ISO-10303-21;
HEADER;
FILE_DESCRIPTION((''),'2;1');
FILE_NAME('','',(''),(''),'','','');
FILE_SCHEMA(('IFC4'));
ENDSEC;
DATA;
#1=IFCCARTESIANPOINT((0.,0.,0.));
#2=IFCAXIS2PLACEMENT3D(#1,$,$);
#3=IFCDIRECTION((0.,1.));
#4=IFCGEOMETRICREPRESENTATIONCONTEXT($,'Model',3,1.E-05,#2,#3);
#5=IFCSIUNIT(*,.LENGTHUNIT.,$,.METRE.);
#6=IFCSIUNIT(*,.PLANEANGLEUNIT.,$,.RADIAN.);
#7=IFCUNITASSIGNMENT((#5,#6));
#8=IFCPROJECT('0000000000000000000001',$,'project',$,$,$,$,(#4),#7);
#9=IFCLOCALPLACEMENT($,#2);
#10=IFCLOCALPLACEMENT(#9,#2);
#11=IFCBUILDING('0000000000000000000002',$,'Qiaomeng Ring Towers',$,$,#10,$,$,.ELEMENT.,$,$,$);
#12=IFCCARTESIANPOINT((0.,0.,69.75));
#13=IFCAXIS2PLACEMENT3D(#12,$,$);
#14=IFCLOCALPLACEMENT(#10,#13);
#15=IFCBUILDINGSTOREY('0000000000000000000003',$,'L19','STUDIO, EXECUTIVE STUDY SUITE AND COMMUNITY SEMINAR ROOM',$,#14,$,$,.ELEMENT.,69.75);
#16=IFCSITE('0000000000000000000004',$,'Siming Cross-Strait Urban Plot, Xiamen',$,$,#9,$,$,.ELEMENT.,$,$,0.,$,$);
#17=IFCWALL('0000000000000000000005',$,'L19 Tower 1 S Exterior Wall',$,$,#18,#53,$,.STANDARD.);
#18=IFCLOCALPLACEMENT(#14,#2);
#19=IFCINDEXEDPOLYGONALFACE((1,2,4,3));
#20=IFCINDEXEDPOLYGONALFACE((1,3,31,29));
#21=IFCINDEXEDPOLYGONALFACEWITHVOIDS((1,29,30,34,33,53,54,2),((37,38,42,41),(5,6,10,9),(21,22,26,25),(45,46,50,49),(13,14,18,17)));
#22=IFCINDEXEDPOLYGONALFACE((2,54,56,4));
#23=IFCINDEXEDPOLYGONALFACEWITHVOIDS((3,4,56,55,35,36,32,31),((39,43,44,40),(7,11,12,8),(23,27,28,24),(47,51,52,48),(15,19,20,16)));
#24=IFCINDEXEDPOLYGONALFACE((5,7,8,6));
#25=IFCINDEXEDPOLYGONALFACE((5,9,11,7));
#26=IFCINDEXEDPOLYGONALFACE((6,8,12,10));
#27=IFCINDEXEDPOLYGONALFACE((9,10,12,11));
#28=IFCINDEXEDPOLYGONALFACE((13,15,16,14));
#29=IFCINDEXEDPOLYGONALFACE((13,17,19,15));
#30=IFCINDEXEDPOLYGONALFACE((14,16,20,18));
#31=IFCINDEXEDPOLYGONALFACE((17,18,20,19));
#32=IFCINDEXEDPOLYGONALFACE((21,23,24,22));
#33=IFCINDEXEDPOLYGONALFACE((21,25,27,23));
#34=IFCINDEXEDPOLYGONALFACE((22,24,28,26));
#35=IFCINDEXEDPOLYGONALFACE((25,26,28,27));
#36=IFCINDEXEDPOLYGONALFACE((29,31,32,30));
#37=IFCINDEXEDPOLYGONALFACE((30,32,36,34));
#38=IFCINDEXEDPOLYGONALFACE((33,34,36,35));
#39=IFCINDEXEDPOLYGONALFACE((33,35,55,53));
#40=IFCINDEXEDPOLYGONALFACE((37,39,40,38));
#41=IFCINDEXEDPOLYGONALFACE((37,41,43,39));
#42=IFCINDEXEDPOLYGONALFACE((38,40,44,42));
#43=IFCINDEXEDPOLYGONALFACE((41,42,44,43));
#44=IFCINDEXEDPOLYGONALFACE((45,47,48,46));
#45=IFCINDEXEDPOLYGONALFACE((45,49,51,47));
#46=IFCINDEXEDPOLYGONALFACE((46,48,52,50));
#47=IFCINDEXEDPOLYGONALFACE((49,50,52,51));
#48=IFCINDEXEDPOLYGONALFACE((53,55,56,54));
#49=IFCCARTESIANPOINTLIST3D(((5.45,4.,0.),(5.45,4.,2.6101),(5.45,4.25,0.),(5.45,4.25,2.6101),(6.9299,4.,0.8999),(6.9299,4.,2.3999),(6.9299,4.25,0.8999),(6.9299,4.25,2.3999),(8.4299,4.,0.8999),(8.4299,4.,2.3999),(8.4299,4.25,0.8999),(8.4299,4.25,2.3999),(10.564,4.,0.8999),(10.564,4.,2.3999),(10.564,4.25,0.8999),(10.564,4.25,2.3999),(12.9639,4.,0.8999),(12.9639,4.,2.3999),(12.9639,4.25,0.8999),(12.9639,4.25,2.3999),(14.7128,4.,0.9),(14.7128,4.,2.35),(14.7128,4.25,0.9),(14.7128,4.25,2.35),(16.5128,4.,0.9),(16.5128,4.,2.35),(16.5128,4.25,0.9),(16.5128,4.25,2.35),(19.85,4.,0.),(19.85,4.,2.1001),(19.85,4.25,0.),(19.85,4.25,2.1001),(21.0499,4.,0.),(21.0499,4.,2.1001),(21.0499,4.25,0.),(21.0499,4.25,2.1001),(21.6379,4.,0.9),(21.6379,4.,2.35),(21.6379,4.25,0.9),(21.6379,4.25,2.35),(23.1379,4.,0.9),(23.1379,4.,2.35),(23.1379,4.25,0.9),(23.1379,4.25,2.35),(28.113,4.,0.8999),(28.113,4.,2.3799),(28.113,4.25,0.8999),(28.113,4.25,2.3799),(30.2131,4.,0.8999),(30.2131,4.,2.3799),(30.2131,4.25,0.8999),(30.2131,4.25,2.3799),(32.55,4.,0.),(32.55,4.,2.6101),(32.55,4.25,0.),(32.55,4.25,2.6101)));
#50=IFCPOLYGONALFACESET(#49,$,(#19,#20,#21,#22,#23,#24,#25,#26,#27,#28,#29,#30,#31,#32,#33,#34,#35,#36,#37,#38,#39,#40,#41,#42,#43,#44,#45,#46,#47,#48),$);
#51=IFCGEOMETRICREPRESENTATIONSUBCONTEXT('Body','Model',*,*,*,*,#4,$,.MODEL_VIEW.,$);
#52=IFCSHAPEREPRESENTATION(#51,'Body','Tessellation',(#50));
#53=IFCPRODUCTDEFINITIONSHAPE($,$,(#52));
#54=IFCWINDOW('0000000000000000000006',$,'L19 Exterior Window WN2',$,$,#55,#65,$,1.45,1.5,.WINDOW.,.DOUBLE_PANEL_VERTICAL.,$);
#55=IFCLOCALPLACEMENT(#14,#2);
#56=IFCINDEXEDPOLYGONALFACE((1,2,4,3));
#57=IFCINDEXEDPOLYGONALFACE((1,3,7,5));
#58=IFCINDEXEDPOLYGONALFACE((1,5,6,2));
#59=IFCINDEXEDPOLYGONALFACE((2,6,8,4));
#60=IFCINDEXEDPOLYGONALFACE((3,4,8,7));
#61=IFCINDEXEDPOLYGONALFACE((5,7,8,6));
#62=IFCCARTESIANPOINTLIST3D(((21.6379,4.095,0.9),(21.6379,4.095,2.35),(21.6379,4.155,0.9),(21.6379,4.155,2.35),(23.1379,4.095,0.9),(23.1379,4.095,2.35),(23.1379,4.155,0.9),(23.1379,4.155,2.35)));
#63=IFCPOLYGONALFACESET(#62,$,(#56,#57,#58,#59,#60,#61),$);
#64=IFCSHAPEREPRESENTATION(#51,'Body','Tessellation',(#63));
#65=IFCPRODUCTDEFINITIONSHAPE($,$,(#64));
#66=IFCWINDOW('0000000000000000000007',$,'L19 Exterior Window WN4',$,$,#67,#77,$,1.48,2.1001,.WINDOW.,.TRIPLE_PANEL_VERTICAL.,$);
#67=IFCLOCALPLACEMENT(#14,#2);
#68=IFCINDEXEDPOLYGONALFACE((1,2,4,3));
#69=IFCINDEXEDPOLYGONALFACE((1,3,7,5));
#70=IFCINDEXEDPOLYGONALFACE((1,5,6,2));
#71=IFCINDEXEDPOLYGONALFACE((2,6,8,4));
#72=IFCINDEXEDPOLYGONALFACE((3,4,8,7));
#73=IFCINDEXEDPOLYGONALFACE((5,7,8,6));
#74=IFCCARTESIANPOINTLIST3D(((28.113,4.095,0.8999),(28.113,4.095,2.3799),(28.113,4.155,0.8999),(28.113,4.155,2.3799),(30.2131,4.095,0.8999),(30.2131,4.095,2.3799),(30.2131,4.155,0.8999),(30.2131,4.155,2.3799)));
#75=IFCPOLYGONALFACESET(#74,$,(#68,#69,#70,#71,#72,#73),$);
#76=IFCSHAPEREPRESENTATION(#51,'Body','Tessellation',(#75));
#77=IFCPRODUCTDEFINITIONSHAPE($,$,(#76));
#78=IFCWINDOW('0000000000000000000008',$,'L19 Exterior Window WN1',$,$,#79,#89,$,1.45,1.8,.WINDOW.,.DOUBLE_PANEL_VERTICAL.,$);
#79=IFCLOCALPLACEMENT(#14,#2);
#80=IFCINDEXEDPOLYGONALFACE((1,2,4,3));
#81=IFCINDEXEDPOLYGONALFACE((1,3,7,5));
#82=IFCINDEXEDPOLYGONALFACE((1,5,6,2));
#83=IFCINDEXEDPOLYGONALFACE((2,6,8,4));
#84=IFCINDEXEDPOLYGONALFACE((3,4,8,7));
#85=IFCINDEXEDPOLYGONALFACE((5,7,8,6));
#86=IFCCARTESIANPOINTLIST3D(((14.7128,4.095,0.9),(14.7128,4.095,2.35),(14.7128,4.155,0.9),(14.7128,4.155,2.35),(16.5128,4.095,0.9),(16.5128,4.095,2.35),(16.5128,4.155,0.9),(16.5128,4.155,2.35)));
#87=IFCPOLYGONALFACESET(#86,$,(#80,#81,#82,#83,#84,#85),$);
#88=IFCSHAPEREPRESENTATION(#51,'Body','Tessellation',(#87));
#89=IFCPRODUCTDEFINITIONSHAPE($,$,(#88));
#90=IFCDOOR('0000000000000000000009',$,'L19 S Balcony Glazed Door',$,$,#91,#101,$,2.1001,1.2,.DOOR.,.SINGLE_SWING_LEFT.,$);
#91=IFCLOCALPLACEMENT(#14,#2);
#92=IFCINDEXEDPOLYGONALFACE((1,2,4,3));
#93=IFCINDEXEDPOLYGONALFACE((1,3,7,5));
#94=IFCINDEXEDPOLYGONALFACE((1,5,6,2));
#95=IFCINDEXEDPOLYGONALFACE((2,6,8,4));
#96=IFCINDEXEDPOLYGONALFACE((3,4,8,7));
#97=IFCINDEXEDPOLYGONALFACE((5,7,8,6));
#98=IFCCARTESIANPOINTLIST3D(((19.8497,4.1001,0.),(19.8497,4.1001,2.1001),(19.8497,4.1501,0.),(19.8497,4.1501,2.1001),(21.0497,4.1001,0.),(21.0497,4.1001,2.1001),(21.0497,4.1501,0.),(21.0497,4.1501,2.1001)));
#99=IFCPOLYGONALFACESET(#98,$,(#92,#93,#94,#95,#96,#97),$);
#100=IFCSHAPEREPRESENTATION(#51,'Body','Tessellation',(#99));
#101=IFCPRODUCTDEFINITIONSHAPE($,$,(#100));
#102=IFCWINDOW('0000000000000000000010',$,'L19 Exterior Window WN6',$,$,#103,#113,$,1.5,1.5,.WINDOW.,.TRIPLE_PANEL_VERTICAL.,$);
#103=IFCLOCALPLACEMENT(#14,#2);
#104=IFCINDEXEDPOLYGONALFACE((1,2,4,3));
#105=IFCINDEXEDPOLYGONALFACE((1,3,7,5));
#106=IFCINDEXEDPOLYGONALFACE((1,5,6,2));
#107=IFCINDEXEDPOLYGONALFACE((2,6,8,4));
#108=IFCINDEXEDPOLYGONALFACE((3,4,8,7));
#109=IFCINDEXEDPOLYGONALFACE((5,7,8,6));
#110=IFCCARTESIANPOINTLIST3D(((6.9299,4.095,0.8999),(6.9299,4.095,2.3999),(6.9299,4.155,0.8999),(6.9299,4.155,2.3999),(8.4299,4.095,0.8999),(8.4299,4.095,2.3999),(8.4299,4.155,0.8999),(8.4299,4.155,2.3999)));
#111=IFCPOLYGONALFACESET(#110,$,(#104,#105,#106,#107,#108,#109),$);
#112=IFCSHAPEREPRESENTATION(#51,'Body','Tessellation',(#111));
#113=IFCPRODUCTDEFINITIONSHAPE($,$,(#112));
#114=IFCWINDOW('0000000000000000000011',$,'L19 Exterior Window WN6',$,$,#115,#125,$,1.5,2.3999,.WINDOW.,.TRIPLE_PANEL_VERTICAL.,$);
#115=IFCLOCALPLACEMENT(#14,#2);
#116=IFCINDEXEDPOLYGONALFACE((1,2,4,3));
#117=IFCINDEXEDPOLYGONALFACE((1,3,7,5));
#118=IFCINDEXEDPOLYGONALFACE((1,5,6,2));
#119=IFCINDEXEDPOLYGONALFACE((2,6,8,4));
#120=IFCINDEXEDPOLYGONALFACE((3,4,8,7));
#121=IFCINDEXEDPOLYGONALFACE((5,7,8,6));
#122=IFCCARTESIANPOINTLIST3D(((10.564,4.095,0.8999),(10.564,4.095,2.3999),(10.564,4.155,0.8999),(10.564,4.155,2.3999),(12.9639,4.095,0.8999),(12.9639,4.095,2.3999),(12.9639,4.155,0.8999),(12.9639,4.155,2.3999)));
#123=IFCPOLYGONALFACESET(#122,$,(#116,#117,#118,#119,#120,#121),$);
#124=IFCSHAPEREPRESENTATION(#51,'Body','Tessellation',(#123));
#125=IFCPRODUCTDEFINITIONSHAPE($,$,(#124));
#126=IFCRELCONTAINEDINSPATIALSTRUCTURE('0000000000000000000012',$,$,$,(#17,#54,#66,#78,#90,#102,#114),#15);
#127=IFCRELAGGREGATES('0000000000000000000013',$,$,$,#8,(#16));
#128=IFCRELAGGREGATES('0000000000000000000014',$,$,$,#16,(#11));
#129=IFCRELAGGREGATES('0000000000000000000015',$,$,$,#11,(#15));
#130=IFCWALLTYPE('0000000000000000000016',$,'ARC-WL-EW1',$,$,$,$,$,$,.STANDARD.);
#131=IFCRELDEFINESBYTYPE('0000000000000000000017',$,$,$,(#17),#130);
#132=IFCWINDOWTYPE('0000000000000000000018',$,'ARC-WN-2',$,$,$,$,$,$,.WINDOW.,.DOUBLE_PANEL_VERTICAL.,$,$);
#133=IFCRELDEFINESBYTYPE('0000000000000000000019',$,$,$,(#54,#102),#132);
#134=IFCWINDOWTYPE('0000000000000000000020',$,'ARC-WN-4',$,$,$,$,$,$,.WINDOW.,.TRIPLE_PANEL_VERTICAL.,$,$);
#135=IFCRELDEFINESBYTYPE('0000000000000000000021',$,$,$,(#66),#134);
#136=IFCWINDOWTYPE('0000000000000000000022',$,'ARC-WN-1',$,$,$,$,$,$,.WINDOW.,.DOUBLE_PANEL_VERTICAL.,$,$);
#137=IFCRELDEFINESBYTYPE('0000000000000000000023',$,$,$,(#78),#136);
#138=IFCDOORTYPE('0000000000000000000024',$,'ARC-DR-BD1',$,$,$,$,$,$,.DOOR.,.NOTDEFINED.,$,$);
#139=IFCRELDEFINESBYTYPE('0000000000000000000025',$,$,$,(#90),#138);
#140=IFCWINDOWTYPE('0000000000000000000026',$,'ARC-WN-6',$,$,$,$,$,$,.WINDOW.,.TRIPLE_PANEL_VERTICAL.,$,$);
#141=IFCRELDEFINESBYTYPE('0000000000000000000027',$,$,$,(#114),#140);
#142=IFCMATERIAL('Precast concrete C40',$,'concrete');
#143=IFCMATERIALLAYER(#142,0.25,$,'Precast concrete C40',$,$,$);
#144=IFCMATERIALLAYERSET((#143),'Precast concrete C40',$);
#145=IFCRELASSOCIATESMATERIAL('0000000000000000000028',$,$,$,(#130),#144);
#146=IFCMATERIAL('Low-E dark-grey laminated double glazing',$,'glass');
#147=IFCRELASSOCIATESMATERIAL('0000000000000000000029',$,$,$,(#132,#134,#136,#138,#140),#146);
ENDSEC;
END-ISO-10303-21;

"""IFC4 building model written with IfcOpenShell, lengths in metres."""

from ifc_helpers import new_model, si_unit, direction, frame, frame_2d, origin, place, context, subcontext, project, spatial, rectangle, extrude, source, transform, mapped, material, layer, layer_set, type_object, element, fill, save


model = new_model("IFC4")

# Units and contexts
model_context = context("Model", 3, precision=1e-05, world=origin(), true_north=direction((0.0, 1.0)))
body_context = subcontext(model_context, "Body", "Model", "MODEL_VIEW")
ifc_project = project(units=[si_unit("LENGTHUNIT", "METRE"), si_unit("PLANEANGLEUNIT", "RADIAN")], contexts=[model_context])

# Site, building, storey
site_placement = place(None, origin())
site = spatial("IfcSite", under=ifc_project, at=site_placement, Name="Siming Cross-Strait Urban Plot, Xiamen", CompositionType="ELEMENT", RefElevation=0.0)
building_placement = place(site_placement, origin())
building = spatial("IfcBuilding", under=site, at=building_placement, Name="Qiaomeng Ring Towers", CompositionType="ELEMENT")
storey_placement = place(building_placement, frame((0.0, 0.0, 69.75)))
storey = spatial("IfcBuildingStorey", under=building, at=storey_placement, Name="L19", Description="STUDIO, EXECUTIVE STUDY SUITE AND COMMUNITY SEMINAR ROOM", CompositionType="ELEMENT", Elevation=69.75)

# Shared definitions
ifc_material_1 = material(Name="Precast concrete C40", Category="concrete")

# Shared definitions
ifc_material_2 = material(Name="Low-E dark-grey laminated double glazing", Category="glass")

# Wall, openings, windows, door
ifc_layer_1 = layer(ifc_material_1, 0.25, Name="Precast concrete C40")
ifc_layer_set_1 = layer_set([ifc_layer_1], Name="Precast concrete C40")
wall_type_1 = type_object("IfcWallType", Name="ARC-WL-EW1", PredefinedType="STANDARD", material=ifc_layer_set_1)
wall_1_placement = place(storey_placement, frame((5.45, 4.125, 0.0), z_axis=(0.0, 0.0, 1.0), x_axis=(1.0, 0.0, 0.0)))
wall_1 = element("IfcWall", 1, at=wall_1_placement, inside=storey, type_object=wall_type_1, Name="L19 Tower 1 S Exterior Wall", PredefinedType="STANDARD", context=body_context, shape_type="SweptSolid", body=[
    extrude(rectangle(XDim=27.1001, YDim=0.25, at=frame_2d((13.55, 0.0))), origin(), (0.0, 0.0, 1.0), 2.6101),
])
opening_1_placement = place(wall_1_placement, frame((14.3999, 0.0, 0.0)))
opening_1 = element("IfcOpeningElement", 2, at=opening_1_placement, cuts=wall_1, PredefinedType="OPENING", context=body_context, shape_type="SweptSolid", body=[
    extrude(rectangle(XDim=1.2, YDim=2.1001, at=frame_2d((0.6001, 1.05))), frame((0.0, 0.135, 0.0), z_axis=(0.0, -1.0, 0.0), x_axis=(1.0, 0.0, 0.0)), (0.0, 0.0, 1.0), 0.27),
])
opening_2_placement = place(wall_1_placement, frame((1.48, 0.0, 0.8999)))
opening_2 = element("IfcOpeningElement", 3, at=opening_2_placement, cuts=wall_1, PredefinedType="OPENING", context=body_context, shape_type="SweptSolid", body=[
    extrude(rectangle(XDim=1.5, YDim=1.5, at=frame_2d((0.75, 0.75))), frame((0.0, 0.135, 0.0), z_axis=(0.0, -1.0, 0.0), x_axis=(1.0, 0.0, 0.0)), (0.0, 0.0, 1.0), 0.27),
])
opening_3_placement = place(wall_1_placement, frame((9.2629, 0.0, 0.8999)))
opening_3 = element("IfcOpeningElement", 4, at=opening_3_placement, cuts=wall_1, PredefinedType="OPENING", context=body_context, shape_type="SweptSolid", body=[
    extrude(rectangle(XDim=1.8, YDim=1.45, at=frame_2d((0.8999, 0.7251))), frame((0.0, 0.135, 0.0), z_axis=(0.0, -1.0, 0.0), x_axis=(1.0, 0.0, 0.0)), (0.0, 0.0, 1.0), 0.27),
])
opening_4_placement = place(wall_1_placement, frame((16.188, 0.0, 0.8999)))
opening_4 = element("IfcOpeningElement", 5, at=opening_4_placement, cuts=wall_1, PredefinedType="OPENING", context=body_context, shape_type="SweptSolid", body=[
    extrude(rectangle(XDim=1.5, YDim=1.45, at=frame_2d((0.75, 0.7251))), frame((0.0, 0.135, 0.0), z_axis=(0.0, -1.0, 0.0), x_axis=(1.0, 0.0, 0.0)), (0.0, 0.0, 1.0), 0.27),
])
opening_5_placement = place(wall_1_placement, frame((22.6631, 0.0, 0.8999)))
opening_5 = element("IfcOpeningElement", 6, at=opening_5_placement, cuts=wall_1, PredefinedType="OPENING", context=body_context, shape_type="SweptSolid", body=[
    extrude(rectangle(XDim=2.1001, YDim=1.48, at=frame_2d((1.05, 0.74))), frame((0.0, 0.135, 0.0), z_axis=(0.0, -1.0, 0.0), x_axis=(1.0, 0.0, 0.0)), (0.0, 0.0, 1.0), 0.27),
])
opening_6_placement = place(wall_1_placement, frame((5.114, 0.0, 0.8999)))
opening_6 = element("IfcOpeningElement", 7, at=opening_6_placement, cuts=wall_1, PredefinedType="OPENING", context=body_context, shape_type="SweptSolid", body=[
    extrude(rectangle(XDim=2.3999, YDim=1.5, at=frame_2d((1.2, 0.75))), frame((0.0, 0.135, 0.0), z_axis=(0.0, -1.0, 0.0), x_axis=(1.0, 0.0, 0.0)), (0.0, 0.0, 1.0), 0.27),
])
window_type_1 = type_object("IfcWindowType", Name="ARC-WN-2", PartitioningType="DOUBLE_PANEL_VERTICAL", PredefinedType="WINDOW", material=ifc_material_2)
shared_shape_1 = source(origin(), body_context, "Body", "SweptSolid", [
    extrude(rectangle(XDim=1.5, YDim=1.45, at=frame_2d((0.75, 0.7251))), frame((0.0, 0.03, 0.0), z_axis=(0.0, -1.0, 0.0), x_axis=(1.0, 0.0, 0.0)), (0.0, 0.0, 1.0), 0.0601),
])
window_1_placement = place(opening_4_placement, origin())
window_1 = element("IfcWindow", 8, at=window_1_placement, inside=storey, type_object=window_type_1, Name="L19 Exterior Window WN2", OverallHeight=1.45, OverallWidth=1.5, PartitioningType="DOUBLE_PANEL_VERTICAL", PredefinedType="WINDOW", context=body_context, shape_type="MappedRepresentation", body=[
    mapped(shared_shape_1, transform((0.0, 0.0, 0.0), x_axis=(1.0, 0.0, 0.0), y_axis=(0.0, 1.0, 0.0), z_axis=(0.0, 0.0, 1.0), scale=1.0)),
])
fill(opening_4, window_1)
window_type_2 = type_object("IfcWindowType", Name="ARC-WN-4", PartitioningType="TRIPLE_PANEL_VERTICAL", PredefinedType="WINDOW", material=ifc_material_2)
shared_shape_2 = source(origin(), body_context, "Body", "SweptSolid", [
    extrude(rectangle(XDim=2.1001, YDim=1.48, at=frame_2d((1.05, 0.74))), frame((0.0, 0.03, 0.0), z_axis=(0.0, -1.0, 0.0), x_axis=(1.0, 0.0, 0.0)), (0.0, 0.0, 1.0), 0.0601),
])
window_2_placement = place(opening_5_placement, origin())
window_2 = element("IfcWindow", 9, at=window_2_placement, inside=storey, type_object=window_type_2, Name="L19 Exterior Window WN4", OverallHeight=1.48, OverallWidth=2.1001, PartitioningType="TRIPLE_PANEL_VERTICAL", PredefinedType="WINDOW", context=body_context, shape_type="MappedRepresentation", body=[
    mapped(shared_shape_2, transform((0.0, 0.0, 0.0), x_axis=(1.0, 0.0, 0.0), y_axis=(0.0, 1.0, 0.0), z_axis=(0.0, 0.0, 1.0), scale=1.0)),
])
fill(opening_5, window_2)
window_type_3 = type_object("IfcWindowType", Name="ARC-WN-1", PartitioningType="DOUBLE_PANEL_VERTICAL", PredefinedType="WINDOW", material=ifc_material_2)
shared_shape_3 = source(origin(), body_context, "Body", "SweptSolid", [
    extrude(rectangle(XDim=1.8, YDim=1.45, at=frame_2d((0.8999, 0.7251))), frame((0.0, 0.03, 0.0), z_axis=(0.0, -1.0, 0.0), x_axis=(1.0, 0.0, 0.0)), (0.0, 0.0, 1.0), 0.0601),
])
window_3_placement = place(opening_3_placement, origin())
window_3 = element("IfcWindow", 10, at=window_3_placement, inside=storey, type_object=window_type_3, Name="L19 Exterior Window WN1", OverallHeight=1.45, OverallWidth=1.8, PartitioningType="DOUBLE_PANEL_VERTICAL", PredefinedType="WINDOW", context=body_context, shape_type="MappedRepresentation", body=[
    mapped(shared_shape_3, transform((0.0, 0.0, 0.0), x_axis=(1.0, 0.0, 0.0), y_axis=(0.0, 1.0, 0.0), z_axis=(0.0, 0.0, 1.0), scale=1.0)),
])
fill(opening_3, window_3)
door_type_1 = type_object("IfcDoorType", Name="ARC-DR-BD1", OperationType="NOTDEFINED", PredefinedType="DOOR", material=ifc_material_2)
shared_shape_4 = source(origin(), body_context, "Body", "SweptSolid", [
    extrude(rectangle(XDim=1.2, YDim=2.1001, at=frame_2d((0.6001, 1.05))), frame((0.0, 0.0249, 0.0), z_axis=(0.0, -1.0, 0.0), x_axis=(1.0, 0.0, 0.0)), (0.0, 0.0, 1.0), 0.05),
])
door_1_placement = place(opening_1_placement, frame((1.2, 0.0, 0.0), z_axis=(0.0, 0.0, 1.0), x_axis=(-1.0, 0.0, 0.0)))
door_1 = element("IfcDoor", 11, at=door_1_placement, inside=storey, type_object=door_type_1, Name="L19 S Balcony Glazed Door", OperationType="SINGLE_SWING_LEFT", OverallHeight=2.1001, OverallWidth=1.2, PredefinedType="DOOR", context=body_context, shape_type="MappedRepresentation", body=[
    mapped(shared_shape_4, transform((0.0, 0.0, 0.0), x_axis=(1.0, 0.0, 0.0), y_axis=(0.0, 1.0, 0.0), z_axis=(0.0, 0.0, 1.0), scale=1.0)),
])
fill(opening_1, door_1)
shared_shape_5 = source(origin(), body_context, "Body", "SweptSolid", [
    extrude(rectangle(XDim=1.5, YDim=1.5, at=frame_2d((0.75, 0.75))), frame((0.0, 0.03, 0.0), z_axis=(0.0, -1.0, 0.0), x_axis=(1.0, 0.0, 0.0)), (0.0, 0.0, 1.0), 0.0601),
])
window_4_placement = place(opening_2_placement, origin())
window_4 = element("IfcWindow", 12, at=window_4_placement, inside=storey, type_object=window_type_1, Name="L19 Exterior Window WN6", OverallHeight=1.5, OverallWidth=1.5, PartitioningType="TRIPLE_PANEL_VERTICAL", PredefinedType="WINDOW", context=body_context, shape_type="MappedRepresentation", body=[
    mapped(shared_shape_5, transform((0.0, 0.0, 0.0), x_axis=(1.0, 0.0, 0.0), y_axis=(0.0, 1.0, 0.0), z_axis=(0.0, 0.0, 1.0), scale=1.0)),
])
fill(opening_2, window_4)
window_type_4 = type_object("IfcWindowType", Name="ARC-WN-6", PartitioningType="TRIPLE_PANEL_VERTICAL", PredefinedType="WINDOW", material=ifc_material_2)
shared_shape_6 = source(origin(), body_context, "Body", "SweptSolid", [
    extrude(rectangle(XDim=2.3999, YDim=1.5, at=frame_2d((1.2, 0.75))), frame((0.0, 0.03, 0.0), z_axis=(0.0, -1.0, 0.0), x_axis=(1.0, 0.0, 0.0)), (0.0, 0.0, 1.0), 0.0601),
])
window_5_placement = place(opening_6_placement, origin())
window_5 = element("IfcWindow", 13, at=window_5_placement, inside=storey, type_object=window_type_4, Name="L19 Exterior Window WN6", OverallHeight=1.5, OverallWidth=2.3999, PartitioningType="TRIPLE_PANEL_VERTICAL", PredefinedType="WINDOW", context=body_context, shape_type="MappedRepresentation", body=[
    mapped(shared_shape_6, transform((0.0, 0.0, 0.0), x_axis=(1.0, 0.0, 0.0), y_axis=(0.0, 1.0, 0.0), z_axis=(0.0, 0.0, 1.0), scale=1.0)),
])
fill(opening_6, window_5)

save(model, "model.ifc")
